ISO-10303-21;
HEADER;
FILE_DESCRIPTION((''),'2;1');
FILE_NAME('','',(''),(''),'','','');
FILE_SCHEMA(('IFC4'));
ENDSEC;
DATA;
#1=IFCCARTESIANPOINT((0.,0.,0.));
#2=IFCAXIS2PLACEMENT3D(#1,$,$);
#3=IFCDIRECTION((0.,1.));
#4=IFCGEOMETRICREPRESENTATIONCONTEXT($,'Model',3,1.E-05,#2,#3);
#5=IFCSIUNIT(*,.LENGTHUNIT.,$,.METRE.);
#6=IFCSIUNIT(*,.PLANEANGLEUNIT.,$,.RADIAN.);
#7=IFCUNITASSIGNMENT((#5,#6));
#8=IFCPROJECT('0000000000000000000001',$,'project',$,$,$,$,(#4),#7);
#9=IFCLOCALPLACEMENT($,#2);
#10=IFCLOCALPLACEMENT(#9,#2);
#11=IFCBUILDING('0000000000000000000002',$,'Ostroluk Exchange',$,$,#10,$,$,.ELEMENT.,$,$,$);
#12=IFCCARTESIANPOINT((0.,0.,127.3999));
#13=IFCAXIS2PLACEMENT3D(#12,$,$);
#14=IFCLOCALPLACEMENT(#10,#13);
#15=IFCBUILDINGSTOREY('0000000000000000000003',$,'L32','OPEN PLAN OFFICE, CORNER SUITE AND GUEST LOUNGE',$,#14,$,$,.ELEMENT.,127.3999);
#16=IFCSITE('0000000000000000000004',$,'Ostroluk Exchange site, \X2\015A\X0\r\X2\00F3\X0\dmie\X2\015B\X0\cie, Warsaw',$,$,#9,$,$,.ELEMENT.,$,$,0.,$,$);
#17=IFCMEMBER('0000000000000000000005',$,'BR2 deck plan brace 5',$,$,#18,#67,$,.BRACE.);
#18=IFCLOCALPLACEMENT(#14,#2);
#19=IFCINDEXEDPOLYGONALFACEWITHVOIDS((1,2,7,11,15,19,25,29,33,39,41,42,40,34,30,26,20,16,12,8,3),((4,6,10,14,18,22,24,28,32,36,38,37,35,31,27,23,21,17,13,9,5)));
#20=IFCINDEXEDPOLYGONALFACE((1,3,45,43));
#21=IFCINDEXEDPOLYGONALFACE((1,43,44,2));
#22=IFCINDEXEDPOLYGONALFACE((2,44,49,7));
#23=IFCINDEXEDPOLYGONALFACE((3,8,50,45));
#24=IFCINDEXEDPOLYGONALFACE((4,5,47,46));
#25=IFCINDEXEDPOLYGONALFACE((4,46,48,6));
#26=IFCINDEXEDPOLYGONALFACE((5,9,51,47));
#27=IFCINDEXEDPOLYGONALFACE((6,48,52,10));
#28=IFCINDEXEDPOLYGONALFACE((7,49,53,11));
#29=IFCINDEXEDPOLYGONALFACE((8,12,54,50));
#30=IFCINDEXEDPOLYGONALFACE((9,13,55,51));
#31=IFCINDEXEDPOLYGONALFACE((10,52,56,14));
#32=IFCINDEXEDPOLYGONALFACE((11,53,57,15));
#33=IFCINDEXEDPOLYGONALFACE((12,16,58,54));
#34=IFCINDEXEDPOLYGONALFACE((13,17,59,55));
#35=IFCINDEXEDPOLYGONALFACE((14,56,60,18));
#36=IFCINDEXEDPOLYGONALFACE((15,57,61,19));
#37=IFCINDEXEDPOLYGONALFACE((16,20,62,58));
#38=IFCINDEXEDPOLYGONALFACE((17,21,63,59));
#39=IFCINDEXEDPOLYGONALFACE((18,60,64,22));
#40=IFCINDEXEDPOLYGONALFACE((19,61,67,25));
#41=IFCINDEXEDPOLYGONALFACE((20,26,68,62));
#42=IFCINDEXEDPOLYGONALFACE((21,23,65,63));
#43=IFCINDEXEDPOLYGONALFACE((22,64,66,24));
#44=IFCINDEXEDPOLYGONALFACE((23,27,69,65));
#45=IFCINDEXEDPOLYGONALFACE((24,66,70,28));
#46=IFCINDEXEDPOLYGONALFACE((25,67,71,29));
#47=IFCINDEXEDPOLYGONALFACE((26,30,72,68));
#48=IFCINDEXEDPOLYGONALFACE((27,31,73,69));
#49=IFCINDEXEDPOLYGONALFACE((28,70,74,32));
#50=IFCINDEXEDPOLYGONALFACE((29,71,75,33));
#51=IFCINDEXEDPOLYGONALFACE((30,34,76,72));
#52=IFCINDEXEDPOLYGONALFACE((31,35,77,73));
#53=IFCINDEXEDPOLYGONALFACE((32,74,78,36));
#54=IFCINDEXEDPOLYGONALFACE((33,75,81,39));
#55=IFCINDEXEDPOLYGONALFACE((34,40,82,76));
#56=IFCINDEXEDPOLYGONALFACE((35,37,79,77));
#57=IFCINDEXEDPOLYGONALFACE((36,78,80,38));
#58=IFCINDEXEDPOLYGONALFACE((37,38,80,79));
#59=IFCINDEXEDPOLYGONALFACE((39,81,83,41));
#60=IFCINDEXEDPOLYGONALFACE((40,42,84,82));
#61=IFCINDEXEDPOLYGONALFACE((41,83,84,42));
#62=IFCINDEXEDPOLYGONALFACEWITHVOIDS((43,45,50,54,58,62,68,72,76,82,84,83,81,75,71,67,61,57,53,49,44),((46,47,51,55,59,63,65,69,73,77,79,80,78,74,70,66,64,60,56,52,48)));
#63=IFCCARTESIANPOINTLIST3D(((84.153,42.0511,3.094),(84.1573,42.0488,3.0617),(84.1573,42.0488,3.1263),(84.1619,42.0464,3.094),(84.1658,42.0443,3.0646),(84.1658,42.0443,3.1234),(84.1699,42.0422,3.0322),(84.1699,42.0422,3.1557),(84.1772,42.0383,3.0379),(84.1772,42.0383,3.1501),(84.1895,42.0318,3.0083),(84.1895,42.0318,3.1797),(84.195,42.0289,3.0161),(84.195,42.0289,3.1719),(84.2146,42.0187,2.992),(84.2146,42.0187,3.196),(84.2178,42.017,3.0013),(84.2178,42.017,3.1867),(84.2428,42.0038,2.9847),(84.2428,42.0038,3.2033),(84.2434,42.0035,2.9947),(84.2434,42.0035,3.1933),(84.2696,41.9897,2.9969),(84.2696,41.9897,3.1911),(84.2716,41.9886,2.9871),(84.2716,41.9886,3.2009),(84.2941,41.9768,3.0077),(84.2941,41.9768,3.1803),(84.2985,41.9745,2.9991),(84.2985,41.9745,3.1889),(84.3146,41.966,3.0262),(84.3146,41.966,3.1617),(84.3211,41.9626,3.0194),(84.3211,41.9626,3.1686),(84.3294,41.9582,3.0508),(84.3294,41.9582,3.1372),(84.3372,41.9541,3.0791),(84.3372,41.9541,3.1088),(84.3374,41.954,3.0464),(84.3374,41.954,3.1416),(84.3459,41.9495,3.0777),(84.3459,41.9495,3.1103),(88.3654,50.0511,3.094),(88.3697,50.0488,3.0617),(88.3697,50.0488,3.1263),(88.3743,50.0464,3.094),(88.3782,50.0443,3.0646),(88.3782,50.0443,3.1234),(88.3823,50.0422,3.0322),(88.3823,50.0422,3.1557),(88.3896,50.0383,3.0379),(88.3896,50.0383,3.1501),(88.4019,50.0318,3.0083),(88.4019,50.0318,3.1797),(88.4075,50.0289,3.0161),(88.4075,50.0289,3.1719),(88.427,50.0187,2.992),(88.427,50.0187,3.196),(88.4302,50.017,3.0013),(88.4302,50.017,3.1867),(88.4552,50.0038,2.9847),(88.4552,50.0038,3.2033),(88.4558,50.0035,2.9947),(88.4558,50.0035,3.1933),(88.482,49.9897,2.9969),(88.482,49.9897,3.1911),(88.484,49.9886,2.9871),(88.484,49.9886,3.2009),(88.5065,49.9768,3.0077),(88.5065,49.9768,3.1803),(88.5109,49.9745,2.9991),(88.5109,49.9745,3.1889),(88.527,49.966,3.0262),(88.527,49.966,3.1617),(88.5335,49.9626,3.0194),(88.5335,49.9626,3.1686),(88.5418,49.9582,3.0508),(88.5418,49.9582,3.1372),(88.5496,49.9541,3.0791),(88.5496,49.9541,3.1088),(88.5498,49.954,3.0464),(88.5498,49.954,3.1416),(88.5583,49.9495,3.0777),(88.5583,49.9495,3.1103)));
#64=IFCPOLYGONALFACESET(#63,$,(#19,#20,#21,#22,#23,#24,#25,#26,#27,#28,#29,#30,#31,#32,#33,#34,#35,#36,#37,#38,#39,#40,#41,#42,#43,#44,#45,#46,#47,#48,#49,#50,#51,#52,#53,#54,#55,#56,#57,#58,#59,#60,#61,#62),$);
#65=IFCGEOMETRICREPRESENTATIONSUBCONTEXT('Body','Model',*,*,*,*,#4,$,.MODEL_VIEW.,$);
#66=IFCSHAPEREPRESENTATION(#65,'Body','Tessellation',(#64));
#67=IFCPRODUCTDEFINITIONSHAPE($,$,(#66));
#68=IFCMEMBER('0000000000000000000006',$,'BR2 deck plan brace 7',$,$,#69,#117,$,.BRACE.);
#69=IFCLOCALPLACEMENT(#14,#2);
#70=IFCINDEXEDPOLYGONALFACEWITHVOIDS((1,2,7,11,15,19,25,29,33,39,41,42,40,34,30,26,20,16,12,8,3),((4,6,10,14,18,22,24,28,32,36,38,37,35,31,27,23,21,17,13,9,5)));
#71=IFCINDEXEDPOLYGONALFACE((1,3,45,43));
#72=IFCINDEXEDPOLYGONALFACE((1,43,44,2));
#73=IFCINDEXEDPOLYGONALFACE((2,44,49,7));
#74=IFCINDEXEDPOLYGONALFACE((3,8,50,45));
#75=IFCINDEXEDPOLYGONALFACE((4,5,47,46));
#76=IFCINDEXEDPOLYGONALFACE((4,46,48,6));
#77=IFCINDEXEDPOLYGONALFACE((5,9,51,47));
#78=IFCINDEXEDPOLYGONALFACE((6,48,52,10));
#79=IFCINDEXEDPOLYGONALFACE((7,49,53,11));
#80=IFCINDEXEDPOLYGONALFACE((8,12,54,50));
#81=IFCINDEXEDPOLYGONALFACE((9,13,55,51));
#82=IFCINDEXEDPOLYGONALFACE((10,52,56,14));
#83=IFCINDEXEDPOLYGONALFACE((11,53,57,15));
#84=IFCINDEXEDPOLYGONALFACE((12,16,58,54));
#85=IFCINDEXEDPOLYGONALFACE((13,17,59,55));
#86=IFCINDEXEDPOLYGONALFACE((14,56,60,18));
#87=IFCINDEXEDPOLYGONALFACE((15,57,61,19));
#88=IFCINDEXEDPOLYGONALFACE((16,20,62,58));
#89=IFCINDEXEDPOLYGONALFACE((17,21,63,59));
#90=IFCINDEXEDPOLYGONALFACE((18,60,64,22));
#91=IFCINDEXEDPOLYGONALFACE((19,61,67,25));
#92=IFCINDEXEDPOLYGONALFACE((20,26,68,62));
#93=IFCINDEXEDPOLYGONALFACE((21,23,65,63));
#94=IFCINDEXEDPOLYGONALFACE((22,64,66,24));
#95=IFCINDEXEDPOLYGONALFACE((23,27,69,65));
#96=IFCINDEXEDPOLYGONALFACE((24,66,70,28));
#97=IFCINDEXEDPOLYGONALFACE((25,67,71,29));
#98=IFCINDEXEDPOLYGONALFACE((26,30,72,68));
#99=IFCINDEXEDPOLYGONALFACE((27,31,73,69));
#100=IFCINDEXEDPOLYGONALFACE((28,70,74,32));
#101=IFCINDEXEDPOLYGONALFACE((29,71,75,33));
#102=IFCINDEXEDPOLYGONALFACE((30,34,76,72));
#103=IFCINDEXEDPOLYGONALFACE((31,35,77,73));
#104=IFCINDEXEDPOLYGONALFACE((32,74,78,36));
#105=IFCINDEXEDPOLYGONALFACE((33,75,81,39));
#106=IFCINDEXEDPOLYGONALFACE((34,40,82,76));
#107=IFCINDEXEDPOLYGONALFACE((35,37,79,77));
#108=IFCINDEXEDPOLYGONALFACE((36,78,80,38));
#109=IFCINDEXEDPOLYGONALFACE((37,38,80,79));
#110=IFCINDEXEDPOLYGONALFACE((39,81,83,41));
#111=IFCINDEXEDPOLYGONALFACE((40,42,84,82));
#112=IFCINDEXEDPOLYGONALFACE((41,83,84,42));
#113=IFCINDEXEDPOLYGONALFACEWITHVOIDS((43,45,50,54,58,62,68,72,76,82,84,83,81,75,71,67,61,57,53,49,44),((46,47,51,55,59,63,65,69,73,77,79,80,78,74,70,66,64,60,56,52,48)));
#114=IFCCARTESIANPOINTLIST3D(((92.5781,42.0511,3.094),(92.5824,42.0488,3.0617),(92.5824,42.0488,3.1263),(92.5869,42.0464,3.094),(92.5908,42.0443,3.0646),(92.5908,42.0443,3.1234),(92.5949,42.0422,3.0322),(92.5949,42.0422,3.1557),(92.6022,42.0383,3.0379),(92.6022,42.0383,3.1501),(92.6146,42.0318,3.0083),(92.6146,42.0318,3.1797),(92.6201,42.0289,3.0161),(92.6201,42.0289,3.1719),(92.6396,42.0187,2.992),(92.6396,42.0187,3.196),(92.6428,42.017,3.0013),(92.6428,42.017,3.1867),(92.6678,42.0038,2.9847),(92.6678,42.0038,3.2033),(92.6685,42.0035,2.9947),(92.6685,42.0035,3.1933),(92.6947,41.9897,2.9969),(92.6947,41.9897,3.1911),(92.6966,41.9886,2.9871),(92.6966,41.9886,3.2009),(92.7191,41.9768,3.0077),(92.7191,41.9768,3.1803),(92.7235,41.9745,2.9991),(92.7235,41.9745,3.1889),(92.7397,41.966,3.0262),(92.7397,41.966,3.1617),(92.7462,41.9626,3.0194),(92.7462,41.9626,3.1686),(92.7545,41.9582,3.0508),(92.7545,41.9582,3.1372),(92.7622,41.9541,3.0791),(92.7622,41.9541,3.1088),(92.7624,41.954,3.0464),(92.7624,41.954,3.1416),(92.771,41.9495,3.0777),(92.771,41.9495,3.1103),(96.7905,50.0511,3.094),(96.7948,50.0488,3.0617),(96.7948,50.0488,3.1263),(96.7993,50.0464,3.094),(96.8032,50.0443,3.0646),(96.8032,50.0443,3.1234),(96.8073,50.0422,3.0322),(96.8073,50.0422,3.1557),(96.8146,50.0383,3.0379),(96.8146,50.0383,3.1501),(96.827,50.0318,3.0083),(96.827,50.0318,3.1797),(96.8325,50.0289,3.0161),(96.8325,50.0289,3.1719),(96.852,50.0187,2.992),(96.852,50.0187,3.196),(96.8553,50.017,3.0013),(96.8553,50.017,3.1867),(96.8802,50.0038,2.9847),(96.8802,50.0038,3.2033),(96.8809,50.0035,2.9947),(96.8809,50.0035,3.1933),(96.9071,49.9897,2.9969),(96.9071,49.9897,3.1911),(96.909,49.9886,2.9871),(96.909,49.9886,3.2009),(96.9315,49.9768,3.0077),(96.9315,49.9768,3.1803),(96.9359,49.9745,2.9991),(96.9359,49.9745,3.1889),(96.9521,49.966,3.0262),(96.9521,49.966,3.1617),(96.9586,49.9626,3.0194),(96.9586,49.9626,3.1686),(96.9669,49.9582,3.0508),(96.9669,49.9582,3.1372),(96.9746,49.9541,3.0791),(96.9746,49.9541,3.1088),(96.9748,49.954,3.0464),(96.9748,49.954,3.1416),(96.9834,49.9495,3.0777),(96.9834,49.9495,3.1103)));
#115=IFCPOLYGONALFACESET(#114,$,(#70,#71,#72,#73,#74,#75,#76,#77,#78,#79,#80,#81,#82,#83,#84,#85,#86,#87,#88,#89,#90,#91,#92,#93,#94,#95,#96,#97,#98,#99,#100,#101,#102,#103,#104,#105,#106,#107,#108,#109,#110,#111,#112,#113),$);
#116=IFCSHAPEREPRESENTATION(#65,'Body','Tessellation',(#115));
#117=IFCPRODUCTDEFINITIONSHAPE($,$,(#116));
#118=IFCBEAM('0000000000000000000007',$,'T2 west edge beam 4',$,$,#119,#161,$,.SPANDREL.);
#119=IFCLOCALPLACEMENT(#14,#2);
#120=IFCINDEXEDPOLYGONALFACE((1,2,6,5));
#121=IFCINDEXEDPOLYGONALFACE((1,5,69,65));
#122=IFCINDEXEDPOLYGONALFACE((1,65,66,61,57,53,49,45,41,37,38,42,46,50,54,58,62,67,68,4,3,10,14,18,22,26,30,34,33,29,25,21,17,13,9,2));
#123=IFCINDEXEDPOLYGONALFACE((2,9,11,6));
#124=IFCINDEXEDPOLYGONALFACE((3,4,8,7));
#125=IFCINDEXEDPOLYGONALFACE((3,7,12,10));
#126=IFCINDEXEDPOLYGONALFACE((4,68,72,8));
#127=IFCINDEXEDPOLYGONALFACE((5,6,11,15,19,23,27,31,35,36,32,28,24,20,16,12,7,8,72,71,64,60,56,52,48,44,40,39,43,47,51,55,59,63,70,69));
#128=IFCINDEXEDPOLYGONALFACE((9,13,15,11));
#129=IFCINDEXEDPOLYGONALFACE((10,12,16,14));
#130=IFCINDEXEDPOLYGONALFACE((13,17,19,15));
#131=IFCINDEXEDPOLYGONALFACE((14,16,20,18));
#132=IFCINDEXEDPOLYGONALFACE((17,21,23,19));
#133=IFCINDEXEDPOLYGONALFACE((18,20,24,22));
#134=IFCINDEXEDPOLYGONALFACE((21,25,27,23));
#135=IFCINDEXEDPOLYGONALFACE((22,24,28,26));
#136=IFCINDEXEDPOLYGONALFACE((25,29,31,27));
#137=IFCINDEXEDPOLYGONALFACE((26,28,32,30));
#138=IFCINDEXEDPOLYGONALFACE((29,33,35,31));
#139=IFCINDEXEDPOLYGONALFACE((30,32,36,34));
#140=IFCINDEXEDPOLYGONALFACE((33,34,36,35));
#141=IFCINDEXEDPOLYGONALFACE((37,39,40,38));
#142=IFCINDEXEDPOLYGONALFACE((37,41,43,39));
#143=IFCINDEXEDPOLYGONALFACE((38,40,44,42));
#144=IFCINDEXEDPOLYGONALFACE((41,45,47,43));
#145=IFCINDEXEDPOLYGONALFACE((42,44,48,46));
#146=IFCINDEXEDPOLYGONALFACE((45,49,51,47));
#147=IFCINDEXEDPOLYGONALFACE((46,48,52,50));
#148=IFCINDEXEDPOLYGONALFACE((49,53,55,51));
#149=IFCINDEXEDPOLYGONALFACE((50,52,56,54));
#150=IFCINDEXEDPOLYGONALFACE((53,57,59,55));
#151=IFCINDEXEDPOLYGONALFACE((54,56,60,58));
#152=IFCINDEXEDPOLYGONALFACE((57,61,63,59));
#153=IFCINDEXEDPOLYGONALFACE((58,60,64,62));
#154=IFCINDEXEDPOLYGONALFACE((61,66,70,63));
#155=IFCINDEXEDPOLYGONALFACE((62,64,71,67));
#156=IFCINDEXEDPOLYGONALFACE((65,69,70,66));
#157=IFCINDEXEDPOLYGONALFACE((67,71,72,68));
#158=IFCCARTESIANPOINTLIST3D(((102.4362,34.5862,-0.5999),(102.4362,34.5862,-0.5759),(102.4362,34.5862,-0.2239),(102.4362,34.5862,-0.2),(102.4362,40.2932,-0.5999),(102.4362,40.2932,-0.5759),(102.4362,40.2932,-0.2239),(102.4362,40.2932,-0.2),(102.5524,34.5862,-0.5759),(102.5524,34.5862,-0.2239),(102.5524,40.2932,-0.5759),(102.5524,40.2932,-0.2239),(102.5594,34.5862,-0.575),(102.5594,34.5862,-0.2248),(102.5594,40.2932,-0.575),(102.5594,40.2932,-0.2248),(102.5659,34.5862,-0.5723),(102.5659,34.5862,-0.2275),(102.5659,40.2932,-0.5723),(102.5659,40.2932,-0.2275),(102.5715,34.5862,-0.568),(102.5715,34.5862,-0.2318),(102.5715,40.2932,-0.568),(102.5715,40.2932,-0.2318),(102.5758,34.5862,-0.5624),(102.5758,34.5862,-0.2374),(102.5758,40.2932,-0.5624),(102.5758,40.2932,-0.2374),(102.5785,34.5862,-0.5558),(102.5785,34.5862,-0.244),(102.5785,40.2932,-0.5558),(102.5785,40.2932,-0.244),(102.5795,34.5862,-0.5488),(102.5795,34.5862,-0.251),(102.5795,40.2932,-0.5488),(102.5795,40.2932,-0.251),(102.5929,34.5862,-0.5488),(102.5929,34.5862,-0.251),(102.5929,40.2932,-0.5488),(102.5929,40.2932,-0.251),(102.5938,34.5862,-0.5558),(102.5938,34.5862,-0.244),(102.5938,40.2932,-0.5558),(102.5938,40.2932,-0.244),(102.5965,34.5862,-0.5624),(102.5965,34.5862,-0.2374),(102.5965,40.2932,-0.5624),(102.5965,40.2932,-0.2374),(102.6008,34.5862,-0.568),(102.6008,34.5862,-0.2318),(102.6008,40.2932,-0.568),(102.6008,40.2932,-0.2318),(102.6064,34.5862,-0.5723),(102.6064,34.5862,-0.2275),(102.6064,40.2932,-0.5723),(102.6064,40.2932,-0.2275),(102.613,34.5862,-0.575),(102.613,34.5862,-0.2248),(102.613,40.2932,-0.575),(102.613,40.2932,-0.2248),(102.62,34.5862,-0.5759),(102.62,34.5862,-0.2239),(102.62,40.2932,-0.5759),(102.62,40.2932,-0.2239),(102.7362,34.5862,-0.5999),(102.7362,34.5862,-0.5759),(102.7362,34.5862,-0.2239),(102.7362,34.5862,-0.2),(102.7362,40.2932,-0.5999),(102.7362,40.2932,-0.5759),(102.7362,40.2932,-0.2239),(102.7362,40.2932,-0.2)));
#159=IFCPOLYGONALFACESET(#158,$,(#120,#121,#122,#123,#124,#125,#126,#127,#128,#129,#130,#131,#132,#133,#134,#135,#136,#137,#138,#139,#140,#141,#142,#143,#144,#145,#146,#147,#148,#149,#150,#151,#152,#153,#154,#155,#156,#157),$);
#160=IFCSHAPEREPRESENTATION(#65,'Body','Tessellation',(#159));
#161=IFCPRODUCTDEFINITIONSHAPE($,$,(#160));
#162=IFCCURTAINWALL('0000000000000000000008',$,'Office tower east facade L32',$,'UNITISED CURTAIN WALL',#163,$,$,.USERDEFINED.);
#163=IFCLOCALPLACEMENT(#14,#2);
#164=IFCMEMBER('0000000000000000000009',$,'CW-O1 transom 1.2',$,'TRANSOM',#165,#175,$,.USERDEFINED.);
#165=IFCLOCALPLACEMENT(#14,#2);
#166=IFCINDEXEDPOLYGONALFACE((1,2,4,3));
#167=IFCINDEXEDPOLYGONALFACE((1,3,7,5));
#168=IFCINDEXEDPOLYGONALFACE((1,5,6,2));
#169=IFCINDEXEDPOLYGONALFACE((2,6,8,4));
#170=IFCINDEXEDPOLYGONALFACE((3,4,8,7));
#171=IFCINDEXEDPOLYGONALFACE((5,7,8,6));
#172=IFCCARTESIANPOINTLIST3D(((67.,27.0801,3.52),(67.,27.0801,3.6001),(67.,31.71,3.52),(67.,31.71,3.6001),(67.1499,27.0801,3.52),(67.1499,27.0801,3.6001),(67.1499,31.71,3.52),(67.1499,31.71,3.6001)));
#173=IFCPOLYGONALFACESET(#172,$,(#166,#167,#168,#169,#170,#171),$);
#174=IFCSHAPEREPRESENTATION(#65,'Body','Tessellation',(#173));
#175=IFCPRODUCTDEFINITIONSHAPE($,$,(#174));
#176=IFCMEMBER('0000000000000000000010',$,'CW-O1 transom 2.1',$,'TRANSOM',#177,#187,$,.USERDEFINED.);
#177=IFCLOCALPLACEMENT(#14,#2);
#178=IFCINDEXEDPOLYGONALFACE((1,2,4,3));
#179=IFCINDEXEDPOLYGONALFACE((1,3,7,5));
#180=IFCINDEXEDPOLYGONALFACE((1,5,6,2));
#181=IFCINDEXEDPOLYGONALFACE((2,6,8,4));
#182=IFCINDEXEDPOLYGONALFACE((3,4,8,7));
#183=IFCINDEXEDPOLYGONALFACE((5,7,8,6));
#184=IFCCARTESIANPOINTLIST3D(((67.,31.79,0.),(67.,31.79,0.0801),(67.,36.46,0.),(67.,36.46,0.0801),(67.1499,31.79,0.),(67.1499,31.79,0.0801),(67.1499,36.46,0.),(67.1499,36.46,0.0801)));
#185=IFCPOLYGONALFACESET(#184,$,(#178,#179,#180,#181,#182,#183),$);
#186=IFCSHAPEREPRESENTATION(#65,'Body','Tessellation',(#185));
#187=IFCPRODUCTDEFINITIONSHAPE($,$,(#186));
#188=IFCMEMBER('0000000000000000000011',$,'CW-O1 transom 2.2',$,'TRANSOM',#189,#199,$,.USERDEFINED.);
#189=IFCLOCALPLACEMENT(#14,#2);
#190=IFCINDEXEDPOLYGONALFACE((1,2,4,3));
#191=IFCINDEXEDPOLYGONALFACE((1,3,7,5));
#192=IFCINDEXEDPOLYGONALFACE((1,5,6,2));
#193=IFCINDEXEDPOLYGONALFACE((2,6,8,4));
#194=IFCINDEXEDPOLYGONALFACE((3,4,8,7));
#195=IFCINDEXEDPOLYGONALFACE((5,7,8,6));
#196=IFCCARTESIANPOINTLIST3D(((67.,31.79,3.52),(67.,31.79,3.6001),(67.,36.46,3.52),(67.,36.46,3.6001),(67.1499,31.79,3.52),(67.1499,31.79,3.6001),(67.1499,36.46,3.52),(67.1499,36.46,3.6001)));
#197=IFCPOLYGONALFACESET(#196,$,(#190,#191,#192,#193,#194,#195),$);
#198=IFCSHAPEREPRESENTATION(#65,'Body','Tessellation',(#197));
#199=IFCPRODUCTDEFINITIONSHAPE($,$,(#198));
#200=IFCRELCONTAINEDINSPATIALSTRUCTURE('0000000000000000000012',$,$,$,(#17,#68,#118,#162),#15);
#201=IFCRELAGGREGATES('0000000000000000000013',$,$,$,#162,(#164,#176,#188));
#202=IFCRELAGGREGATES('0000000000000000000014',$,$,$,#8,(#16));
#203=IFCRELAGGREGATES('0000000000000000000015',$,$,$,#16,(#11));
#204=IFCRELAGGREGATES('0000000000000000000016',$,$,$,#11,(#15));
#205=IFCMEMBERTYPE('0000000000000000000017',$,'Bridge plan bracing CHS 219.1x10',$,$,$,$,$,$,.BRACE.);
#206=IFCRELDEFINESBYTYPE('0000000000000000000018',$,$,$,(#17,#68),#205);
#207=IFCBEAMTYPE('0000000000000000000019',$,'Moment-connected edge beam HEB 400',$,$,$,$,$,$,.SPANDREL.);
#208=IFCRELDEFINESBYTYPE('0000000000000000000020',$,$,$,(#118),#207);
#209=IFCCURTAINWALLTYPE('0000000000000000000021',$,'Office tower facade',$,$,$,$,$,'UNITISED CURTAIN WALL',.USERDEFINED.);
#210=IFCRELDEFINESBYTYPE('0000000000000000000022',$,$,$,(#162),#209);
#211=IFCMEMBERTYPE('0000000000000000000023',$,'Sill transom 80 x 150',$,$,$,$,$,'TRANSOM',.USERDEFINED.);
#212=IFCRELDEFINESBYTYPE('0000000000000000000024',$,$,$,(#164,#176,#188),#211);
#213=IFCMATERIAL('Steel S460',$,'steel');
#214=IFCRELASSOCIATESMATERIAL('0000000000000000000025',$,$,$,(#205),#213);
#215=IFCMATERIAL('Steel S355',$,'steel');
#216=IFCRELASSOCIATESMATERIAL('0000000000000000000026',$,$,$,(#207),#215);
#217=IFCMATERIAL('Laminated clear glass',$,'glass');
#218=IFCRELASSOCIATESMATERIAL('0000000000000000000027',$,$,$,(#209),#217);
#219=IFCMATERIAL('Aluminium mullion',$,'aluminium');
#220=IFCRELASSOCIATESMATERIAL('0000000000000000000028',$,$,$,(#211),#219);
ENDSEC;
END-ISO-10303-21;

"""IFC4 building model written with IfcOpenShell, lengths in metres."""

from ifc_helpers import new_model, si_unit, direction, frame, origin, origin_2d, place, context, subcontext, project, spatial, rectangle, hollow_circle, i_section, extrude, material, material_profile, profile_set, type_object, element, aggregate, save


model = new_model("IFC4")

# Units and contexts
model_context = context("Model", 3, precision=1e-05, world=origin(), true_north=direction((0.0, 1.0)))
body_context = subcontext(model_context, "Body", "Model", "MODEL_VIEW")
ifc_project = project(units=[si_unit("LENGTHUNIT", "METRE"), si_unit("PLANEANGLEUNIT", "RADIAN")], contexts=[model_context])

# Site, building, storey
site_placement = place(None, origin())
site = spatial("IfcSite", under=ifc_project, at=site_placement, Name="Ostroluk Exchange site, Śródmieście, Warsaw", CompositionType="ELEMENT", RefElevation=0.0)
building_placement = place(site_placement, origin())
building = spatial("IfcBuilding", under=site, at=building_placement, Name="Ostroluk Exchange", CompositionType="ELEMENT")
storey_placement = place(building_placement, frame((0.0, 0.0, 127.3999)))
storey = spatial("IfcBuildingStorey", under=building, at=storey_placement, Name="L32", Description="OPEN PLAN OFFICE, CORNER SUITE AND GUEST LOUNGE", CompositionType="ELEMENT", Elevation=127.3999)

# Members
ifc_material_1 = material(Name="Steel S460", Category="steel")
ifc_material_profile_1 = material_profile(ifc_material_1, hollow_circle(Radius=0.1096, WallThickness=0.01, at=origin_2d()), Name="CHS 219.1x10")
ifc_profile_set_1 = profile_set([ifc_material_profile_1], Name="Steel S460")
member_type_1 = type_object("IfcMemberType", Name="Bridge plan bracing CHS 219.1x10", PredefinedType="BRACE", material=ifc_profile_set_1)
for number, where, z_axis, x_axis, name in (
    (1, (84.25, 42.0, 3.094), (0.465909, 0.884833, 0.0), (-0.884833, 0.465909, 0.0), "BR2 deck plan brace 5"),
    (2, (92.675, 42.0, 3.094), (0.465909, 0.884833, 0.0), (-0.884833, 0.465909, 0.0), "BR2 deck plan brace 7"),
):
    element("IfcMember", number, at=place(storey_placement, frame(where, z_axis=z_axis, x_axis=x_axis)), inside=storey, type_object=member_type_1, Name=name, PredefinedType="BRACE", context=body_context, shape_type="SweptSolid", body=[
        extrude(hollow_circle(Radius=0.1096, WallThickness=0.01, at=origin_2d()), origin(), (0.0, 0.0, 1.0), 9.0413),
    ])

# Beam
ifc_material_2 = material(Name="Steel S355", Category="steel")
ifc_material_profile_2 = material_profile(ifc_material_2, i_section(OverallWidth=0.3, OverallDepth=0.3999, WebThickness=0.0134, FlangeThickness=0.0239, FilletRadius=0.0271, at=origin_2d()), Name="HEB 400")
ifc_profile_set_2 = profile_set([ifc_material_profile_2], Name="Steel S355")
beam_type_1 = type_object("IfcBeamType", Name="Moment-connected edge beam HEB 400", PredefinedType="SPANDREL", material=ifc_profile_set_2)
beam_1_placement = place(storey_placement, frame((102.5862, 40.2932, -0.3999), z_axis=(0.0, -1.0, 0.0), x_axis=(1.0, 0.0, 0.0)))
element("IfcBeam", 3, at=beam_1_placement, inside=storey, type_object=beam_type_1, Name="T2 west edge beam 4", PredefinedType="SPANDREL", context=body_context, shape_type="SweptSolid", body=[
    extrude(i_section(OverallWidth=0.3, OverallDepth=0.3999, WebThickness=0.0134, FlangeThickness=0.0239, FilletRadius=0.0271, at=origin_2d()), origin(), (0.0, 0.0, 1.0), 5.707),
])

# Curtain wall, members
ifc_material_3 = material(Name="Laminated clear glass", Category="glass")
curtain_wall_type_1 = type_object("IfcCurtainWallType", Name="Office tower facade", ElementType="UNITISED CURTAIN WALL", PredefinedType="USERDEFINED", material=ifc_material_3)
curtain_wall_1_placement = place(storey_placement, origin())
curtain_wall_1 = element("IfcCurtainWall", 4, at=curtain_wall_1_placement, inside=storey, type_object=curtain_wall_type_1, Name="Office tower east facade L32", ObjectType="UNITISED CURTAIN WALL", PredefinedType="USERDEFINED")
ifc_material_4 = material(Name="Aluminium mullion", Category="aluminium")
ifc_material_profile_3 = material_profile(ifc_material_4, rectangle(XDim=0.1499, YDim=0.0801, at=origin_2d()), Name="Sill transom 80 x 150")
ifc_profile_set_3 = profile_set([ifc_material_profile_3], Name="Aluminium mullion")
member_type_2 = type_object("IfcMemberType", Name="Sill transom 80 x 150", ElementType="TRANSOM", PredefinedType="USERDEFINED", material=ifc_profile_set_3)
member_1_placement = place(storey_placement, frame((67.075, 27.0801, 3.5601), z_axis=(0.0, 1.0, 0.0), x_axis=(-1.0, 0.0, 0.0)))
member_1 = element("IfcMember", 5, at=member_1_placement, type_object=member_type_2, Name="CW-O1 transom 1.2", ObjectType="TRANSOM", PredefinedType="USERDEFINED", context=body_context, shape_type="SweptSolid", body=[
    extrude(rectangle(XDim=0.1499, YDim=0.0801, at=origin_2d()), origin(), (0.0, 0.0, 1.0), 4.6299),
])
member_2_placement = place(storey_placement, frame((67.075, 31.79, 0.04), z_axis=(0.0, 1.0, 0.0), x_axis=(-1.0, 0.0, 0.0)))
member_2 = element("IfcMember", 6, at=member_2_placement, type_object=member_type_2, Name="CW-O1 transom 2.1", ObjectType="TRANSOM", PredefinedType="USERDEFINED", context=body_context, shape_type="SweptSolid", body=[
    extrude(rectangle(XDim=0.1499, YDim=0.0801, at=origin_2d()), origin(), (0.0, 0.0, 1.0), 4.6699),
])
member_3_placement = place(storey_placement, frame((67.075, 31.79, 3.5601), z_axis=(0.0, 1.0, 0.0), x_axis=(-1.0, 0.0, 0.0)))
member_3 = element("IfcMember", 7, at=member_3_placement, type_object=member_type_2, Name="CW-O1 transom 2.2", ObjectType="TRANSOM", PredefinedType="USERDEFINED", context=body_context, shape_type="SweptSolid", body=[
    extrude(rectangle(XDim=0.1499, YDim=0.0801, at=origin_2d()), origin(), (0.0, 0.0, 1.0), 4.6699),
])

aggregate(curtain_wall_1, [member_1, member_2, member_3])

save(model, "model.ifc")
